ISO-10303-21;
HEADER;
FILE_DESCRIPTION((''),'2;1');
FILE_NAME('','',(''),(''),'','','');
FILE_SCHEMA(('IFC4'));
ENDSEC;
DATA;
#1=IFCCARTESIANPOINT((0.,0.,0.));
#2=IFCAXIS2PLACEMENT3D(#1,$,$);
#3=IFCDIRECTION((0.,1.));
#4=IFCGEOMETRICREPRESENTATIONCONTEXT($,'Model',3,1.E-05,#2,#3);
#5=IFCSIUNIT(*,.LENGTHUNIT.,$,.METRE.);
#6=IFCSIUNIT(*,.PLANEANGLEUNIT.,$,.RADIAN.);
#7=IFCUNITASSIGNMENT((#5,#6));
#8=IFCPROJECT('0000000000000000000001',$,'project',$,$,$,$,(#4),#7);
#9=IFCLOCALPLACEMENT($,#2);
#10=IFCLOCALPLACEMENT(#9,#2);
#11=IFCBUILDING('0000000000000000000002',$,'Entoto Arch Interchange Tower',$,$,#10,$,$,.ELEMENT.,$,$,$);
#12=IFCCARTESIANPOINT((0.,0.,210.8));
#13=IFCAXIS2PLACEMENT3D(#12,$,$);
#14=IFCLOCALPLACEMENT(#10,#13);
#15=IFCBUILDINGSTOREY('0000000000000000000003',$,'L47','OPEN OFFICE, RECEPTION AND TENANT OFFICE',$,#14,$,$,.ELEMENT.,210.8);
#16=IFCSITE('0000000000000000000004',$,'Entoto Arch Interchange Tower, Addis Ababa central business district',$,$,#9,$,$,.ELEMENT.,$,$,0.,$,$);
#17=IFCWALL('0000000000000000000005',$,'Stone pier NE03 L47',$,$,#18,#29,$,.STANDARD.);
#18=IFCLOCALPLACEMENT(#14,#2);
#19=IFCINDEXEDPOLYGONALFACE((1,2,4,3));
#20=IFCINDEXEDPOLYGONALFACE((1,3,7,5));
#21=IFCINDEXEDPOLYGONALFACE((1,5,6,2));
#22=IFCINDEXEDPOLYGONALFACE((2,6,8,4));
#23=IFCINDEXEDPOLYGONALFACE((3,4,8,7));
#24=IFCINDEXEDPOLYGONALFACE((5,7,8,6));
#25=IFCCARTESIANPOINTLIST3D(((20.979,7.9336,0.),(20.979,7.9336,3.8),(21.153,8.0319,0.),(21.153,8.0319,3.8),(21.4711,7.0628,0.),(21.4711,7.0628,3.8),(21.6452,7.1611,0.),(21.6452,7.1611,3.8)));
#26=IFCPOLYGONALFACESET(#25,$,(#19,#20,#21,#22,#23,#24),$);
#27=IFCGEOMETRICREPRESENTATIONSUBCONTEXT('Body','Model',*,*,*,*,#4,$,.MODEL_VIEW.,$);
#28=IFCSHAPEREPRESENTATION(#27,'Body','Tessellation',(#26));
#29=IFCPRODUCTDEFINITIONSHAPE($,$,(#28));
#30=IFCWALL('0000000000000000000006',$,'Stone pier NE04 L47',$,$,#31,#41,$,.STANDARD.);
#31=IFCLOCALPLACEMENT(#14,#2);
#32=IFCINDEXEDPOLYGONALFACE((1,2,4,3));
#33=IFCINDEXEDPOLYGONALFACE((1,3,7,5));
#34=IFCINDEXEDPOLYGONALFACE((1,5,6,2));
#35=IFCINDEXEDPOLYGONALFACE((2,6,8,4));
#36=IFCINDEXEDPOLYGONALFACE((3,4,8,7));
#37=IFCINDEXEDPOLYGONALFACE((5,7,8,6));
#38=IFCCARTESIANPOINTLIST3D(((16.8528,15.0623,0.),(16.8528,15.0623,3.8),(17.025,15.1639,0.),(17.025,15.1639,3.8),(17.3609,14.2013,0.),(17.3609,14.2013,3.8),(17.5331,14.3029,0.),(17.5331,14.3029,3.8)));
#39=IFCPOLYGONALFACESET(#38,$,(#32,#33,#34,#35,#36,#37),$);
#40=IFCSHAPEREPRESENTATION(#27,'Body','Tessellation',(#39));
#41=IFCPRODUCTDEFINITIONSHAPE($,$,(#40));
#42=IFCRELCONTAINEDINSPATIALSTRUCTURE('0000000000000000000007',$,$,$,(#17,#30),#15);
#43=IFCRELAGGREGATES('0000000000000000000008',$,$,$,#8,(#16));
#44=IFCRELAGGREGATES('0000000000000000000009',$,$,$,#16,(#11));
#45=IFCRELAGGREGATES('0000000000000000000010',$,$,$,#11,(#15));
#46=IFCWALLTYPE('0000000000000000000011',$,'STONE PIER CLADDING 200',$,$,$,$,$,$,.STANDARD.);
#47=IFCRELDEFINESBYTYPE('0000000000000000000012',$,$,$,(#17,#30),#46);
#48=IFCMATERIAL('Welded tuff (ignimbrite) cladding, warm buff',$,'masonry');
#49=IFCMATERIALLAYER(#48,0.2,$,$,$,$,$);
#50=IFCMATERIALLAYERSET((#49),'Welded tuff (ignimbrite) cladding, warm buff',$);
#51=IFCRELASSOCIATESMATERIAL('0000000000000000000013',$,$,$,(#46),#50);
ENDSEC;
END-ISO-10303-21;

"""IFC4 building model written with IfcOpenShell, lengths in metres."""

from ifc_helpers import new_model, si_unit, direction, frame, frame_2d, origin, place, context, subcontext, project, spatial, rectangle, extrude, material, layer, layer_set, type_object, element, save


model = new_model("IFC4")

# Units and contexts
model_context = context("Model", 3, precision=1e-05, world=origin(), true_north=direction((0.0, 1.0)))
body_context = subcontext(model_context, "Body", "Model", "MODEL_VIEW")
ifc_project = project(units=[si_unit("LENGTHUNIT", "METRE"), si_unit("PLANEANGLEUNIT", "RADIAN")], contexts=[model_context])

# Site, building, storey
site_placement = place(None, origin())
site = spatial("IfcSite", under=ifc_project, at=site_placement, Name="Entoto Arch Interchange Tower, Addis Ababa central business district", CompositionType="ELEMENT", RefElevation=0.0)
building_placement = place(site_placement, origin())
building = spatial("IfcBuilding", under=site, at=building_placement, Name="Entoto Arch Interchange Tower", CompositionType="ELEMENT")
storey_placement = place(building_placement, frame((0.0, 0.0, 210.8)))
storey = spatial("IfcBuildingStorey", under=building, at=storey_placement, Name="L47", Description="OPEN OFFICE, RECEPTION AND TENANT OFFICE", CompositionType="ELEMENT", Elevation=210.8)

# Shared definitions
ifc_material_1 = material(Name="Welded tuff (ignimbrite) cladding, warm buff", Category="masonry")

# Walls
ifc_layer_1 = layer(ifc_material_1, 0.2)
ifc_layer_set_1 = layer_set([ifc_layer_1], Name="Welded tuff (ignimbrite) cladding, warm buff")
wall_type_1 = type_object("IfcWallType", Name="STONE PIER CLADDING 200", PredefinedType="STANDARD", material=ifc_layer_set_1)
wall_1_placement = place(storey_placement, frame((21.5581, 7.1121, 0.0), z_axis=(0.0, 0.0, 1.0), x_axis=(-0.492033, 0.870576, 0.0)))
element("IfcWall", 1, at=wall_1_placement, inside=storey, type_object=wall_type_1, Name="Stone pier NE03 L47", PredefinedType="STANDARD", context=body_context, shape_type="SweptSolid", body=[
    extrude(rectangle(XDim=1.0002, YDim=0.2, at=frame_2d((0.5, 0.0))), origin(), (0.0, 0.0, 1.0), 3.8),
])
wall_2_placement = place(storey_placement, frame((17.447, 14.252, 0.0), z_axis=(0.0, 0.0, 1.0), x_axis=(-0.508162, 0.861262, 0.0)))
element("IfcWall", 2, at=wall_2_placement, inside=storey, type_object=wall_type_1, Name="Stone pier NE04 L47", PredefinedType="STANDARD", context=body_context, shape_type="SweptSolid", body=[
    extrude(rectangle(XDim=0.9998, YDim=0.2, at=frame_2d((0.5, 0.0))), origin(), (0.0, 0.0, 1.0), 3.8),
])

save(model, "model.ifc")
